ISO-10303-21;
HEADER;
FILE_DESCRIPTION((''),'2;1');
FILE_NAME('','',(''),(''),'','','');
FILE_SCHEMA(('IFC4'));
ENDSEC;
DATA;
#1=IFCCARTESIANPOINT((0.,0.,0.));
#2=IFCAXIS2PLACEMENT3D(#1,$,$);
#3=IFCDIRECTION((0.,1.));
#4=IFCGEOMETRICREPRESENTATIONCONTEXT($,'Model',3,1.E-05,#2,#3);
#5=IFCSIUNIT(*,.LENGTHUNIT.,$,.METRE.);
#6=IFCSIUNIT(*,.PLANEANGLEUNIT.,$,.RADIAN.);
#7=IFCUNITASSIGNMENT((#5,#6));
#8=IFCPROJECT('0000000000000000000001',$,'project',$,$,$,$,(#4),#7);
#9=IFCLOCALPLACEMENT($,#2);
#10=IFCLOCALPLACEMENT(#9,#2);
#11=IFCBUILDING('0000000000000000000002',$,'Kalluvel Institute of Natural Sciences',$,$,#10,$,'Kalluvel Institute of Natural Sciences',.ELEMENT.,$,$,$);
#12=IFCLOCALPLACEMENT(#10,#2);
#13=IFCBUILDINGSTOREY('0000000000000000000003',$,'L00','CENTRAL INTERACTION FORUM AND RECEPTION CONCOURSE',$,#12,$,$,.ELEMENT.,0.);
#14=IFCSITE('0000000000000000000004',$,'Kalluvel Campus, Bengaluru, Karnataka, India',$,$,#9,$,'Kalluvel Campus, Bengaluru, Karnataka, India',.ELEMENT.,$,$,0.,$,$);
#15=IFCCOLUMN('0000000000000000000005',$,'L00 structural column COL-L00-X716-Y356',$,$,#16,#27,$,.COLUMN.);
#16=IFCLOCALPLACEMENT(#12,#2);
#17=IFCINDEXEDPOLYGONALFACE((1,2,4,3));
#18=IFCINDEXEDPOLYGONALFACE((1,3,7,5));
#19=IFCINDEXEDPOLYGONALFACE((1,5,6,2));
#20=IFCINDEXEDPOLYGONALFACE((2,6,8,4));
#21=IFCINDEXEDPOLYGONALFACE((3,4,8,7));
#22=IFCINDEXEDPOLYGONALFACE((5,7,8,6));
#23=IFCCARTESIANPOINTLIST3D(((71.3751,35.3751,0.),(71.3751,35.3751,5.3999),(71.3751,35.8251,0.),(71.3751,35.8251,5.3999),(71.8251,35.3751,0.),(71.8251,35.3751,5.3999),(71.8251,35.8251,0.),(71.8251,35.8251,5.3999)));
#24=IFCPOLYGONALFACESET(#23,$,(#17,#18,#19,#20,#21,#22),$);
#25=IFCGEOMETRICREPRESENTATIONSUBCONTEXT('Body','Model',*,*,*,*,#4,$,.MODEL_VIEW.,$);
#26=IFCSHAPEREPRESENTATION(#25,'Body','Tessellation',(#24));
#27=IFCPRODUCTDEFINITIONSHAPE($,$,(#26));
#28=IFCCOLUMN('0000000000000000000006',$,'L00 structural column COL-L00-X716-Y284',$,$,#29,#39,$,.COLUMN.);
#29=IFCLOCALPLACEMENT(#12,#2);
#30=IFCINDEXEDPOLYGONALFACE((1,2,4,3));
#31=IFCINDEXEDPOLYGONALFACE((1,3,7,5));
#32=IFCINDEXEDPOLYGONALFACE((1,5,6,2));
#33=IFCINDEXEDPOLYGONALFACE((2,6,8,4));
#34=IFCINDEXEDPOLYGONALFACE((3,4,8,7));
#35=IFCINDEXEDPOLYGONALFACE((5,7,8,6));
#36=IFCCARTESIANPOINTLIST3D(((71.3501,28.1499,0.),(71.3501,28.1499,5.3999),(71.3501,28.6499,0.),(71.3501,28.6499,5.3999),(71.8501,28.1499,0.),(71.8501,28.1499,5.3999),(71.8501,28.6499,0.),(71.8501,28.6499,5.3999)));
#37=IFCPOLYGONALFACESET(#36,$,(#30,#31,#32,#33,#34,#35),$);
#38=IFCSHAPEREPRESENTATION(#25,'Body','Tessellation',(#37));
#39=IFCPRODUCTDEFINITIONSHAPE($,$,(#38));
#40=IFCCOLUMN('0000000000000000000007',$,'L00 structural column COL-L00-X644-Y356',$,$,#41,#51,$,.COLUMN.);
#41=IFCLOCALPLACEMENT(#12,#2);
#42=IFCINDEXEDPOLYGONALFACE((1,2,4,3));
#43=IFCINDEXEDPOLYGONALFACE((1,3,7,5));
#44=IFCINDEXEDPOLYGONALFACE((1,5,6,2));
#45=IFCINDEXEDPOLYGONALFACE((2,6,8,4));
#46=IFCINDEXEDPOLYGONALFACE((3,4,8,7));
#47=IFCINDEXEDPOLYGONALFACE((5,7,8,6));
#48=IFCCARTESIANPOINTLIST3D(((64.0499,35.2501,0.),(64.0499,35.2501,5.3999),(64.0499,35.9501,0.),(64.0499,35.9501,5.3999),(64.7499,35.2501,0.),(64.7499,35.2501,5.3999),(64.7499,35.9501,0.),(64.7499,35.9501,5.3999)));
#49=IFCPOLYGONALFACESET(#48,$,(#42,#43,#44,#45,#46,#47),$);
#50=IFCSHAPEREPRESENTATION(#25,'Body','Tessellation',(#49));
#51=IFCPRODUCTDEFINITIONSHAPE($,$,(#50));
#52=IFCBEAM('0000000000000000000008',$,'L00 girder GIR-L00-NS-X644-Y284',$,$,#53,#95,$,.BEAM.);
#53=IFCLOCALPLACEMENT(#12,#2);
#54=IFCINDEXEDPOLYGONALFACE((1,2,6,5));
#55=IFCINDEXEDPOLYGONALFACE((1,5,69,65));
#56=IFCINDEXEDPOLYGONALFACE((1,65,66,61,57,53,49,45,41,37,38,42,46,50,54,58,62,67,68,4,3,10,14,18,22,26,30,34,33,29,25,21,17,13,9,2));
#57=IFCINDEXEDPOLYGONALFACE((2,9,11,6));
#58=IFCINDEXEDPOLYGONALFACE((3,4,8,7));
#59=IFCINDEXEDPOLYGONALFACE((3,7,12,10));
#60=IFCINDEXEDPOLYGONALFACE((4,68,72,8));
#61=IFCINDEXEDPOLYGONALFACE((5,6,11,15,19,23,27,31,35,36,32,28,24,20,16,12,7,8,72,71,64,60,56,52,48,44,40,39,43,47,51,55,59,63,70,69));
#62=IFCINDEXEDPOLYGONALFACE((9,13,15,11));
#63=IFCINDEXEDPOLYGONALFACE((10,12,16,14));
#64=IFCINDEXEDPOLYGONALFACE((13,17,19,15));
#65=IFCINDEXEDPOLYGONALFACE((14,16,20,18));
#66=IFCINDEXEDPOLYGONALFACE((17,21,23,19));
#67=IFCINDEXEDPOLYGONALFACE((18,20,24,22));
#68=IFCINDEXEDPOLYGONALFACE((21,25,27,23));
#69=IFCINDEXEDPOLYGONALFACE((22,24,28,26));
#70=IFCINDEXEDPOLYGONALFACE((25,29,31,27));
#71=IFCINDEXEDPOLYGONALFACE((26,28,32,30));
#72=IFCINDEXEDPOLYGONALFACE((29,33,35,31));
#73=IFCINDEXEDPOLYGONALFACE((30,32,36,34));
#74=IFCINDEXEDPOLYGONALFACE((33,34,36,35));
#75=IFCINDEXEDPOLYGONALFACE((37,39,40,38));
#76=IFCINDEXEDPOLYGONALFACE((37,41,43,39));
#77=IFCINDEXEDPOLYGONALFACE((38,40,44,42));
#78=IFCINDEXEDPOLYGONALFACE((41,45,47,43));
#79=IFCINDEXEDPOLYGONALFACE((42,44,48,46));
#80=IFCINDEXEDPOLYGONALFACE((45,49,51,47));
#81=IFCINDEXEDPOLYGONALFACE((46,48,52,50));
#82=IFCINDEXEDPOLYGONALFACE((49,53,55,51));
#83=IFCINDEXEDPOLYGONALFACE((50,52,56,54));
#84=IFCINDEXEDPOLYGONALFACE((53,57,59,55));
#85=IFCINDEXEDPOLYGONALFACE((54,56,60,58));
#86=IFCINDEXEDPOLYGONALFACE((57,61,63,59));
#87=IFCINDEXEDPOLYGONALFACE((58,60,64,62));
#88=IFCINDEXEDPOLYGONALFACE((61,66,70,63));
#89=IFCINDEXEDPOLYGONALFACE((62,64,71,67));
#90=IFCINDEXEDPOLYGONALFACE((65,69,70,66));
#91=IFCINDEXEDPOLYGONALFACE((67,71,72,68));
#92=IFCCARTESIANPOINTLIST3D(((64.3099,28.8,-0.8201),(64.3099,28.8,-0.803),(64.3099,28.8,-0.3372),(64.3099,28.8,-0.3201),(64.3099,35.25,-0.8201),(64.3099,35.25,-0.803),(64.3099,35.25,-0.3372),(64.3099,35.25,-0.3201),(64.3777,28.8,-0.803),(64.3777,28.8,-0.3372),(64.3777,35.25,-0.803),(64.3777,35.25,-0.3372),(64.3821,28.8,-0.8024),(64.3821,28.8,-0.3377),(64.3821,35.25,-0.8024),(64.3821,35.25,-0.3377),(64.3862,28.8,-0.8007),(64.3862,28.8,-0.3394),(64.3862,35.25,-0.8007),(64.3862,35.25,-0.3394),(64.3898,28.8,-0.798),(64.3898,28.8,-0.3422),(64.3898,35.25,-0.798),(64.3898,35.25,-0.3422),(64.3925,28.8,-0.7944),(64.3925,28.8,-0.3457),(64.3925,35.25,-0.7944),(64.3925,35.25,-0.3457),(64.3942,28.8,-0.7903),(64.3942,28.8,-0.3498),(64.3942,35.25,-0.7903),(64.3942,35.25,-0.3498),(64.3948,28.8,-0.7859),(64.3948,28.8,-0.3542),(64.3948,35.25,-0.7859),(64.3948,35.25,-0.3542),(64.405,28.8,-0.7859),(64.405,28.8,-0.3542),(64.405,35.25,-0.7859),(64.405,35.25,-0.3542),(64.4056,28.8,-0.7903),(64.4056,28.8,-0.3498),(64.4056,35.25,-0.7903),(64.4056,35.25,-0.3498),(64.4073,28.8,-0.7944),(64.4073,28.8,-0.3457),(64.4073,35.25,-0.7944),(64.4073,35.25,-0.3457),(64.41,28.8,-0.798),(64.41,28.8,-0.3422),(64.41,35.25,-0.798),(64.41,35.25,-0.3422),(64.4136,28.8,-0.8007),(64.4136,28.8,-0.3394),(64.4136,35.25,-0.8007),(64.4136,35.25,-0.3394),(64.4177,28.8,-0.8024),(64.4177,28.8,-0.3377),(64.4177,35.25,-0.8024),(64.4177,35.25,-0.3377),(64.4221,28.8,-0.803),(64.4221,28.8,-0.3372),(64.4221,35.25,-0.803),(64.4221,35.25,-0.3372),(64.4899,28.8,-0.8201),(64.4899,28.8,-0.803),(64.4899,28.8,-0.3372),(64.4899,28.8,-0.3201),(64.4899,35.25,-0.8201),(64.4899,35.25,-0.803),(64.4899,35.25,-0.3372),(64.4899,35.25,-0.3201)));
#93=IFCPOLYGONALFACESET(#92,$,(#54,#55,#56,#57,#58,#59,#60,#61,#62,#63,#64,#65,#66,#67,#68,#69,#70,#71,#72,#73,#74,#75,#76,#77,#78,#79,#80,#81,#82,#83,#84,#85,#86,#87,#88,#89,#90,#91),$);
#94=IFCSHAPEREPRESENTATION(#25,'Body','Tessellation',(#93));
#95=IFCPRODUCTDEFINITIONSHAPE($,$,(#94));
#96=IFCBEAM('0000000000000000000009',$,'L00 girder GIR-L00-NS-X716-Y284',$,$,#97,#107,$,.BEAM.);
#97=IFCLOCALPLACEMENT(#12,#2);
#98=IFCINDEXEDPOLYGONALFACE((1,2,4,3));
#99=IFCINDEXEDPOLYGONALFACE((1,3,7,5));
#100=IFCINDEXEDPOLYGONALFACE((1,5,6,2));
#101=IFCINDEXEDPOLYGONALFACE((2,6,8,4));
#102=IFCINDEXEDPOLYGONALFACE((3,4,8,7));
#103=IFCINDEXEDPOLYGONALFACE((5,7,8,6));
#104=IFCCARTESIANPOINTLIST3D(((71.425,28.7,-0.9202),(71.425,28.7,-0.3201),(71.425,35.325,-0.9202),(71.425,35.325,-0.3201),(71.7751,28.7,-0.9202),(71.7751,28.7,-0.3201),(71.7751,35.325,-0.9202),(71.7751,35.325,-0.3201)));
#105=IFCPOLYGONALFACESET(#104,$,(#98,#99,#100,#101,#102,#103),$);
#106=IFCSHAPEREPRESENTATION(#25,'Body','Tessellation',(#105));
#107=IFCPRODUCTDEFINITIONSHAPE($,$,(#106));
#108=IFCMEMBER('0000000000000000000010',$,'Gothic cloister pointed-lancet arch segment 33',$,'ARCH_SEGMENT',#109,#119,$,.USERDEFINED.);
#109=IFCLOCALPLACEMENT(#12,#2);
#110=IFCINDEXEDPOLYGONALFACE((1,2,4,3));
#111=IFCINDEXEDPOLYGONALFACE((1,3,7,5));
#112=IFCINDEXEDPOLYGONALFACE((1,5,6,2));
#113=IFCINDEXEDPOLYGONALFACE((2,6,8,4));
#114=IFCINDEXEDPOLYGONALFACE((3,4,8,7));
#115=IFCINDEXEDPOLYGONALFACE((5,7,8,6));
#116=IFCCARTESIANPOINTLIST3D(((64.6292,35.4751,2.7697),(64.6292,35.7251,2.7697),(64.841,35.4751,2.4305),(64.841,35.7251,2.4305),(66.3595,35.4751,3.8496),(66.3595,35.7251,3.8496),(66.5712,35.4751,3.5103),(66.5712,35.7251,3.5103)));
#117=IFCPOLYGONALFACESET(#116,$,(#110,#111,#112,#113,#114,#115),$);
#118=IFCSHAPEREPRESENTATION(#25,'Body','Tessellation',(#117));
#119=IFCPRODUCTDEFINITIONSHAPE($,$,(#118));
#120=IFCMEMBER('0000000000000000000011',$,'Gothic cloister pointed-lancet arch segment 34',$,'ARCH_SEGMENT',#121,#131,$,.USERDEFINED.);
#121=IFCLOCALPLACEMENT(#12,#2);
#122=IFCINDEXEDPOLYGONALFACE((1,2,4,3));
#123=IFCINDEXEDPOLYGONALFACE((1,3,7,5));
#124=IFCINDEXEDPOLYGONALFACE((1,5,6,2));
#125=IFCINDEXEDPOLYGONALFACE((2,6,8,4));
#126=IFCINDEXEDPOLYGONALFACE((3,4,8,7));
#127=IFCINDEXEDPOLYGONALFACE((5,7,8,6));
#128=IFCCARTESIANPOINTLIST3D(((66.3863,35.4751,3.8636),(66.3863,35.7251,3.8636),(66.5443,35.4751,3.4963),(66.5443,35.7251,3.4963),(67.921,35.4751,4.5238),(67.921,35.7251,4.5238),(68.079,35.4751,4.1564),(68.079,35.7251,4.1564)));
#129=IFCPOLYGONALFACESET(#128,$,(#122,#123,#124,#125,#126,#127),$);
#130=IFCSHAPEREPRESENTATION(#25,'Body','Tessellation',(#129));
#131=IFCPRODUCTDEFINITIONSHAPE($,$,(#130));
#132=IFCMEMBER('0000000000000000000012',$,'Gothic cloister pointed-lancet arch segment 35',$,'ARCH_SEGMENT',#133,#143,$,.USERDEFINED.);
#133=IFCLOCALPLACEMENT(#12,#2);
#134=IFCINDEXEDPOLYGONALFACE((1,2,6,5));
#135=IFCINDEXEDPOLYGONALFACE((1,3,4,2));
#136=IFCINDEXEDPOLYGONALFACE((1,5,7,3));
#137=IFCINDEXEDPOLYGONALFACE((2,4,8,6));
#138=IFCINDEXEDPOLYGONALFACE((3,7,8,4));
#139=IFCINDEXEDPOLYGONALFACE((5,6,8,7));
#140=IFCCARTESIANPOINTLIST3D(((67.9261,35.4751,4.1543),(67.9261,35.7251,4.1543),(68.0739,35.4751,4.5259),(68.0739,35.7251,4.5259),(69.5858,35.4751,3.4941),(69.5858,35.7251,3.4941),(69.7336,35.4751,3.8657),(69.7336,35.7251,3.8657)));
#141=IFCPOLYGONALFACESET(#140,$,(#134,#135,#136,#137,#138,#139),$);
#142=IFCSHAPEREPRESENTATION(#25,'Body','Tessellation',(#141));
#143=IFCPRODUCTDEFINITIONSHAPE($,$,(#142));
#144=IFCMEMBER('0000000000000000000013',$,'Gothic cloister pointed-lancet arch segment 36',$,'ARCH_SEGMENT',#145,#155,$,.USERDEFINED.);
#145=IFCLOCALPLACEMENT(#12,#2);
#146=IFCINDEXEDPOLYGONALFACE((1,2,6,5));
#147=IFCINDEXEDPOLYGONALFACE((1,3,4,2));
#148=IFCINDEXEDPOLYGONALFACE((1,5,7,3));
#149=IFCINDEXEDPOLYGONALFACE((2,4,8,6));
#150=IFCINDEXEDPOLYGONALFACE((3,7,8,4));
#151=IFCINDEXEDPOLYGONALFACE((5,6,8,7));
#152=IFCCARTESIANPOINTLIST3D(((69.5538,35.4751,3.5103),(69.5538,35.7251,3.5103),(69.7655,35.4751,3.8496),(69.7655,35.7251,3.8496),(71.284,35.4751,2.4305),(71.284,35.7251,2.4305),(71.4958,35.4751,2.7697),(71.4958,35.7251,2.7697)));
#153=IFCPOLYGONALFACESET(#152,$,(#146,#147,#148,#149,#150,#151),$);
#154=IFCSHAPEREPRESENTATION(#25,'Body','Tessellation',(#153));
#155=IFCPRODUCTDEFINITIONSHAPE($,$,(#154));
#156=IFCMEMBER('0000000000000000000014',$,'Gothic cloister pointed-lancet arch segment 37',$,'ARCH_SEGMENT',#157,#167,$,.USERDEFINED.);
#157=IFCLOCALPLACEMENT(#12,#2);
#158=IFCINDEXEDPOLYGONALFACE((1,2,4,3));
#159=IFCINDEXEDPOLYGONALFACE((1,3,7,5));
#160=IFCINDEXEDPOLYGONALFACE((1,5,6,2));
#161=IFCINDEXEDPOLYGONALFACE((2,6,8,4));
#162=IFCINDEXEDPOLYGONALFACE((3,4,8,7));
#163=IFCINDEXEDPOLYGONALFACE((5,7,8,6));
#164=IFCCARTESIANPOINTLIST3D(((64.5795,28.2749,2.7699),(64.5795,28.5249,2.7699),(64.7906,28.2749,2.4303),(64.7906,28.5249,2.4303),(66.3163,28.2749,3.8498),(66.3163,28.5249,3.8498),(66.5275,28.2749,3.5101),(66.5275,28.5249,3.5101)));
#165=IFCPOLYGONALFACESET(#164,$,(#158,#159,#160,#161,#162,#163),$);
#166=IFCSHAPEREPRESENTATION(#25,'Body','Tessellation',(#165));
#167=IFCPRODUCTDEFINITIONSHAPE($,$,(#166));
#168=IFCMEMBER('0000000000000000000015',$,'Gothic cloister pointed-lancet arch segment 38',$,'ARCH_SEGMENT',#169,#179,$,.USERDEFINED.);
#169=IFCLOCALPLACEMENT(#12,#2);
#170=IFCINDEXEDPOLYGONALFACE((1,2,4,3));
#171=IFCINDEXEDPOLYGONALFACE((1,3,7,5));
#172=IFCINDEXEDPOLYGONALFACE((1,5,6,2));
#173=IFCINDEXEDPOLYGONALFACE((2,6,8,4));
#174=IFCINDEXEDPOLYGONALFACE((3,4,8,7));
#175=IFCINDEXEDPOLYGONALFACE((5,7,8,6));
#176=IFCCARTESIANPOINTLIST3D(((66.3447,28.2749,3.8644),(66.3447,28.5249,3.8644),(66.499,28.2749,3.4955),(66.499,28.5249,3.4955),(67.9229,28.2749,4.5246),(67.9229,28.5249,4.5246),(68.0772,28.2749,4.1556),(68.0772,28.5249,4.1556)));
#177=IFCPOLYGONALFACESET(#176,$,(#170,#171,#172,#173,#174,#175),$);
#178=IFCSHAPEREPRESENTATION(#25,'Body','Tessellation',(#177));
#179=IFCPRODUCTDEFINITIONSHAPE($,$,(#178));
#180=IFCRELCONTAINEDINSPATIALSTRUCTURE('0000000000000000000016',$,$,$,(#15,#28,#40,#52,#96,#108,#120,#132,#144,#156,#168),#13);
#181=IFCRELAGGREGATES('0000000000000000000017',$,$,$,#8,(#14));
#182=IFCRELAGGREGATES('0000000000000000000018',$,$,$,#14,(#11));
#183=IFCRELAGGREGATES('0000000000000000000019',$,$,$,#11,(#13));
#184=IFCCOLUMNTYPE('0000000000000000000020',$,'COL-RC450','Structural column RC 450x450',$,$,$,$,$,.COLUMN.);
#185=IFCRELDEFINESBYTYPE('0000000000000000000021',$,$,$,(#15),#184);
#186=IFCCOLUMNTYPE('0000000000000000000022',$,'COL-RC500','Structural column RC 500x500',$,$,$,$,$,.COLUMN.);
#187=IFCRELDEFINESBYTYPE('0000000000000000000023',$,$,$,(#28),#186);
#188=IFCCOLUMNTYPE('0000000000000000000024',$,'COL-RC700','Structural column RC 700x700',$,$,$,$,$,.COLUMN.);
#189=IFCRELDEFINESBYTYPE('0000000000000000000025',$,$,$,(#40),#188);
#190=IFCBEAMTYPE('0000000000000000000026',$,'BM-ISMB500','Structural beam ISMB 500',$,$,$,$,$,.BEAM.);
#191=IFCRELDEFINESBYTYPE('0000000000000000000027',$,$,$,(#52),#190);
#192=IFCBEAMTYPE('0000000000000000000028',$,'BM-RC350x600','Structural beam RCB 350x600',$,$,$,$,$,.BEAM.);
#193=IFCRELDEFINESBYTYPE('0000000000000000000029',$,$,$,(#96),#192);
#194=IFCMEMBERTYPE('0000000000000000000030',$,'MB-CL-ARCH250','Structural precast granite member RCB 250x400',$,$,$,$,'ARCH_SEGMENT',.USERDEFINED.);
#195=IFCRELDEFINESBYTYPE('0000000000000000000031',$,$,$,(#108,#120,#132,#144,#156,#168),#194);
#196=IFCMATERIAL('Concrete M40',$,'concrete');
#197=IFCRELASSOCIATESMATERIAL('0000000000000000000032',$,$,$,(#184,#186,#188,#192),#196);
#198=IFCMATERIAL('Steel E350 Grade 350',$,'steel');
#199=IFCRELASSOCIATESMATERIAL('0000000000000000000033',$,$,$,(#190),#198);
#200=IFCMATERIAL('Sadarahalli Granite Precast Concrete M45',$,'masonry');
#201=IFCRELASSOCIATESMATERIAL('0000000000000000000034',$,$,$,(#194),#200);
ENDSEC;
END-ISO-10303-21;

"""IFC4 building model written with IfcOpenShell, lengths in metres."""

from ifc_helpers import new_model, si_unit, direction, frame, origin, origin_2d, place, context, subcontext, project, spatial, rectangle, i_section, extrude, material, material_profile, profile_set, type_object, element, save


model = new_model("IFC4")

# Units and contexts
model_context = context("Model", 3, precision=1e-05, world=origin(), true_north=direction((0.0, 1.0)))
body_context = subcontext(model_context, "Body", "Model", "MODEL_VIEW")
ifc_project = project(units=[si_unit("LENGTHUNIT", "METRE"), si_unit("PLANEANGLEUNIT", "RADIAN")], contexts=[model_context])

# Site, building, storey
site_placement = place(None, origin())
site = spatial("IfcSite", under=ifc_project, at=site_placement, Name="Kalluvel Campus, Bengaluru, Karnataka, India", LongName="Kalluvel Campus, Bengaluru, Karnataka, India", CompositionType="ELEMENT", RefElevation=0.0)
building_placement = place(site_placement, origin())
building = spatial("IfcBuilding", under=site, at=building_placement, Name="Kalluvel Institute of Natural Sciences", LongName="Kalluvel Institute of Natural Sciences", CompositionType="ELEMENT")
storey_placement = place(building_placement, origin())
storey = spatial("IfcBuildingStorey", under=building, at=storey_placement, Name="L00", Description="CENTRAL INTERACTION FORUM AND RECEPTION CONCOURSE", CompositionType="ELEMENT", Elevation=0.0)

# Columns
ifc_material_1 = material(Name="Concrete M40", Category="concrete")
ifc_material_profile_1 = material_profile(ifc_material_1, rectangle(XDim=0.45, YDim=0.45, at=origin_2d()), Name="RC 450x450")
ifc_profile_set_1 = profile_set([ifc_material_profile_1], Name="Concrete M40")
column_type_1 = type_object("IfcColumnType", Name="COL-RC450", Description="Structural column RC 450x450", PredefinedType="COLUMN", material=ifc_profile_set_1)
column_1_placement = place(storey_placement, frame((71.6001, 35.6001, 0.0), z_axis=(0.0, 0.0, 1.0), x_axis=(1.0, 0.0, 0.0)))
element("IfcColumn", 1, at=column_1_placement, inside=storey, type_object=column_type_1, Name="L00 structural column COL-L00-X716-Y356", PredefinedType="COLUMN", context=body_context, shape_type="SweptSolid", body=[
    extrude(rectangle(XDim=0.45, YDim=0.45, at=origin_2d()), origin(), (0.0, 0.0, 1.0), 5.3999),
])
ifc_material_profile_2 = material_profile(ifc_material_1, rectangle(XDim=0.5, YDim=0.5, at=origin_2d()), Name="RC 500x500")
ifc_profile_set_2 = profile_set([ifc_material_profile_2], Name="Concrete M40")
column_type_2 = type_object("IfcColumnType", Name="COL-RC500", Description="Structural column RC 500x500", PredefinedType="COLUMN", material=ifc_profile_set_2)
column_2_placement = place(storey_placement, frame((71.6001, 28.3999, 0.0), z_axis=(0.0, 0.0, 1.0), x_axis=(1.0, 0.0, 0.0)))
element("IfcColumn", 2, at=column_2_placement, inside=storey, type_object=column_type_2, Name="L00 structural column COL-L00-X716-Y284", PredefinedType="COLUMN", context=body_context, shape_type="SweptSolid", body=[
    extrude(rectangle(XDim=0.5, YDim=0.5, at=origin_2d()), origin(), (0.0, 0.0, 1.0), 5.3999),
])
ifc_material_profile_3 = material_profile(ifc_material_1, rectangle(XDim=0.7, YDim=0.7, at=origin_2d()), Name="RC 700x700")
ifc_profile_set_3 = profile_set([ifc_material_profile_3], Name="Concrete M40")
column_type_3 = type_object("IfcColumnType", Name="COL-RC700", Description="Structural column RC 700x700", PredefinedType="COLUMN", material=ifc_profile_set_3)
column_3_placement = place(storey_placement, frame((64.3999, 35.6001, 0.0), z_axis=(0.0, 0.0, 1.0), x_axis=(1.0, 0.0, 0.0)))
element("IfcColumn", 3, at=column_3_placement, inside=storey, type_object=column_type_3, Name="L00 structural column COL-L00-X644-Y356", PredefinedType="COLUMN", context=body_context, shape_type="SweptSolid", body=[
    extrude(rectangle(XDim=0.7, YDim=0.7, at=origin_2d()), origin(), (0.0, 0.0, 1.0), 5.3999),
])

# Beams
ifc_material_2 = material(Name="Steel E350 Grade 350", Category="steel")
ifc_material_profile_4 = material_profile(ifc_material_2, i_section(OverallWidth=0.1799, OverallDepth=0.5, WebThickness=0.0103, FlangeThickness=0.0171, FilletRadius=0.0171, at=origin_2d()), Name="ISMB 500")
ifc_profile_set_4 = profile_set([ifc_material_profile_4], Name="Steel E350 Grade 350")
beam_type_1 = type_object("IfcBeamType", Name="BM-ISMB500", Description="Structural beam ISMB 500", PredefinedType="BEAM", material=ifc_profile_set_4)
beam_1_placement = place(storey_placement, frame((64.3999, 28.8, -0.5701), z_axis=(0.0, 1.0, 0.0), x_axis=(-1.0, 0.0, 0.0)))
element("IfcBeam", 4, at=beam_1_placement, inside=storey, type_object=beam_type_1, Name="L00 girder GIR-L00-NS-X644-Y284", PredefinedType="BEAM", context=body_context, shape_type="SweptSolid", body=[
    extrude(i_section(OverallWidth=0.1799, OverallDepth=0.5, WebThickness=0.0103, FlangeThickness=0.0171, FilletRadius=0.0171, at=origin_2d()), origin(), (0.0, 0.0, 1.0), 6.45),
])
ifc_material_profile_5 = material_profile(ifc_material_1, rectangle(XDim=0.3501, YDim=0.6001, at=origin_2d()), Name="RCB 350x600")
ifc_profile_set_5 = profile_set([ifc_material_profile_5], Name="Concrete M40")
beam_type_2 = type_object("IfcBeamType", Name="BM-RC350x600", Description="Structural beam RCB 350x600", PredefinedType="BEAM", material=ifc_profile_set_5)
beam_2_placement = place(storey_placement, frame((71.6001, 28.7, -0.6201), z_axis=(0.0, 1.0, 0.0), x_axis=(-1.0, 0.0, 0.0)))
element("IfcBeam", 5, at=beam_2_placement, inside=storey, type_object=beam_type_2, Name="L00 girder GIR-L00-NS-X716-Y284", PredefinedType="BEAM", context=body_context, shape_type="SweptSolid", body=[
    extrude(rectangle(XDim=0.3501, YDim=0.6001, at=origin_2d()), origin(), (0.0, 0.0, 1.0), 6.625),
])

# Members
ifc_material_3 = material(Name="Sadarahalli Granite Precast Concrete M45", Category="masonry")
ifc_material_profile_6 = material_profile(ifc_material_3, rectangle(XDim=0.25, YDim=0.3999, at=origin_2d()), Name="RCB 250x400")
ifc_profile_set_6 = profile_set([ifc_material_profile_6], Name="Sadarahalli Granite Precast Concrete M45")
member_type = type_object("IfcMemberType", Name="MB-CL-ARCH250", Description="Structural precast granite member RCB 250x400", ElementType="ARCH_SEGMENT", PredefinedType="USERDEFINED", material=ifc_profile_set_6)
member_1_placement = place(storey_placement, frame((64.7351, 35.6001, 2.6001), z_axis=(0.848341, 0.0, 0.52945), x_axis=(0.0, 1.0, 0.0)))
element("IfcMember", 6, at=member_1_placement, inside=storey, type_object=member_type, Name="Gothic cloister pointed-lancet arch segment 33", ObjectType="ARCH_SEGMENT", PredefinedType="USERDEFINED", context=body_context, shape_type="SweptSolid", body=[
    extrude(rectangle(XDim=0.25, YDim=0.3999, at=origin_2d()), origin(), (0.0, 0.0, 1.0), 2.0396),
])
member_2_placement = place(storey_placement, frame((66.4653, 35.6001, 3.6799), z_axis=(0.918615, 0.0, 0.395154), x_axis=(0.0, 1.0, 0.0)))
element("IfcMember", 7, at=member_2_placement, inside=storey, type_object=member_type, Name="Gothic cloister pointed-lancet arch segment 34", ObjectType="ARCH_SEGMENT", PredefinedType="USERDEFINED", context=body_context, shape_type="SweptSolid", body=[
    extrude(rectangle(XDim=0.25, YDim=0.3999, at=origin_2d()), origin(), (0.0, 0.0, 1.0), 1.6707),
])
member_3_placement = place(storey_placement, frame((68.0, 35.6001, 4.3401), z_axis=(0.929191, 0.0, -0.369599), x_axis=(0.0, 1.0, 0.0)))
element("IfcMember", 8, at=member_3_placement, inside=storey, type_object=member_type, Name="Gothic cloister pointed-lancet arch segment 35", ObjectType="ARCH_SEGMENT", PredefinedType="USERDEFINED", context=body_context, shape_type="SweptSolid", body=[
    extrude(rectangle(XDim=0.25, YDim=0.3999, at=origin_2d()), origin(), (0.0, 0.0, 1.0), 1.7861),
])
member_4_placement = place(storey_placement, frame((69.6597, 35.6001, 3.6799), z_axis=(0.848341, 0.0, -0.52945), x_axis=(0.0, 1.0, 0.0)))
element("IfcMember", 9, at=member_4_placement, inside=storey, type_object=member_type, Name="Gothic cloister pointed-lancet arch segment 36", ObjectType="ARCH_SEGMENT", PredefinedType="USERDEFINED", context=body_context, shape_type="SweptSolid", body=[
    extrude(rectangle(XDim=0.25, YDim=0.3999, at=origin_2d()), origin(), (0.0, 0.0, 1.0), 2.0396),
])
member_5_placement = place(storey_placement, frame((64.6851, 28.3999, 2.6001), z_axis=(0.849243, 0.0, 0.528002), x_axis=(0.0, 1.0, 0.0)))
element("IfcMember", 10, at=member_5_placement, inside=storey, type_object=member_type, Name="Gothic cloister pointed-lancet arch segment 37", ObjectType="ARCH_SEGMENT", PredefinedType="USERDEFINED", context=body_context, shape_type="SweptSolid", body=[
    extrude(rectangle(XDim=0.25, YDim=0.3999, at=origin_2d()), origin(), (0.0, 0.0, 1.0), 2.0452),
])
member_6_placement = place(storey_placement, frame((66.4219, 28.3999, 3.6799), z_axis=(0.922536, 0.0, 0.385912), x_axis=(0.0, 1.0, 0.0)))
element("IfcMember", 11, at=member_6_placement, inside=storey, type_object=member_type, Name="Gothic cloister pointed-lancet arch segment 38", ObjectType="ARCH_SEGMENT", PredefinedType="USERDEFINED", context=body_context, shape_type="SweptSolid", body=[
    extrude(rectangle(XDim=0.25, YDim=0.3999, at=origin_2d()), origin(), (0.0, 0.0, 1.0), 1.7107),
])

save(model, "model.ifc")
